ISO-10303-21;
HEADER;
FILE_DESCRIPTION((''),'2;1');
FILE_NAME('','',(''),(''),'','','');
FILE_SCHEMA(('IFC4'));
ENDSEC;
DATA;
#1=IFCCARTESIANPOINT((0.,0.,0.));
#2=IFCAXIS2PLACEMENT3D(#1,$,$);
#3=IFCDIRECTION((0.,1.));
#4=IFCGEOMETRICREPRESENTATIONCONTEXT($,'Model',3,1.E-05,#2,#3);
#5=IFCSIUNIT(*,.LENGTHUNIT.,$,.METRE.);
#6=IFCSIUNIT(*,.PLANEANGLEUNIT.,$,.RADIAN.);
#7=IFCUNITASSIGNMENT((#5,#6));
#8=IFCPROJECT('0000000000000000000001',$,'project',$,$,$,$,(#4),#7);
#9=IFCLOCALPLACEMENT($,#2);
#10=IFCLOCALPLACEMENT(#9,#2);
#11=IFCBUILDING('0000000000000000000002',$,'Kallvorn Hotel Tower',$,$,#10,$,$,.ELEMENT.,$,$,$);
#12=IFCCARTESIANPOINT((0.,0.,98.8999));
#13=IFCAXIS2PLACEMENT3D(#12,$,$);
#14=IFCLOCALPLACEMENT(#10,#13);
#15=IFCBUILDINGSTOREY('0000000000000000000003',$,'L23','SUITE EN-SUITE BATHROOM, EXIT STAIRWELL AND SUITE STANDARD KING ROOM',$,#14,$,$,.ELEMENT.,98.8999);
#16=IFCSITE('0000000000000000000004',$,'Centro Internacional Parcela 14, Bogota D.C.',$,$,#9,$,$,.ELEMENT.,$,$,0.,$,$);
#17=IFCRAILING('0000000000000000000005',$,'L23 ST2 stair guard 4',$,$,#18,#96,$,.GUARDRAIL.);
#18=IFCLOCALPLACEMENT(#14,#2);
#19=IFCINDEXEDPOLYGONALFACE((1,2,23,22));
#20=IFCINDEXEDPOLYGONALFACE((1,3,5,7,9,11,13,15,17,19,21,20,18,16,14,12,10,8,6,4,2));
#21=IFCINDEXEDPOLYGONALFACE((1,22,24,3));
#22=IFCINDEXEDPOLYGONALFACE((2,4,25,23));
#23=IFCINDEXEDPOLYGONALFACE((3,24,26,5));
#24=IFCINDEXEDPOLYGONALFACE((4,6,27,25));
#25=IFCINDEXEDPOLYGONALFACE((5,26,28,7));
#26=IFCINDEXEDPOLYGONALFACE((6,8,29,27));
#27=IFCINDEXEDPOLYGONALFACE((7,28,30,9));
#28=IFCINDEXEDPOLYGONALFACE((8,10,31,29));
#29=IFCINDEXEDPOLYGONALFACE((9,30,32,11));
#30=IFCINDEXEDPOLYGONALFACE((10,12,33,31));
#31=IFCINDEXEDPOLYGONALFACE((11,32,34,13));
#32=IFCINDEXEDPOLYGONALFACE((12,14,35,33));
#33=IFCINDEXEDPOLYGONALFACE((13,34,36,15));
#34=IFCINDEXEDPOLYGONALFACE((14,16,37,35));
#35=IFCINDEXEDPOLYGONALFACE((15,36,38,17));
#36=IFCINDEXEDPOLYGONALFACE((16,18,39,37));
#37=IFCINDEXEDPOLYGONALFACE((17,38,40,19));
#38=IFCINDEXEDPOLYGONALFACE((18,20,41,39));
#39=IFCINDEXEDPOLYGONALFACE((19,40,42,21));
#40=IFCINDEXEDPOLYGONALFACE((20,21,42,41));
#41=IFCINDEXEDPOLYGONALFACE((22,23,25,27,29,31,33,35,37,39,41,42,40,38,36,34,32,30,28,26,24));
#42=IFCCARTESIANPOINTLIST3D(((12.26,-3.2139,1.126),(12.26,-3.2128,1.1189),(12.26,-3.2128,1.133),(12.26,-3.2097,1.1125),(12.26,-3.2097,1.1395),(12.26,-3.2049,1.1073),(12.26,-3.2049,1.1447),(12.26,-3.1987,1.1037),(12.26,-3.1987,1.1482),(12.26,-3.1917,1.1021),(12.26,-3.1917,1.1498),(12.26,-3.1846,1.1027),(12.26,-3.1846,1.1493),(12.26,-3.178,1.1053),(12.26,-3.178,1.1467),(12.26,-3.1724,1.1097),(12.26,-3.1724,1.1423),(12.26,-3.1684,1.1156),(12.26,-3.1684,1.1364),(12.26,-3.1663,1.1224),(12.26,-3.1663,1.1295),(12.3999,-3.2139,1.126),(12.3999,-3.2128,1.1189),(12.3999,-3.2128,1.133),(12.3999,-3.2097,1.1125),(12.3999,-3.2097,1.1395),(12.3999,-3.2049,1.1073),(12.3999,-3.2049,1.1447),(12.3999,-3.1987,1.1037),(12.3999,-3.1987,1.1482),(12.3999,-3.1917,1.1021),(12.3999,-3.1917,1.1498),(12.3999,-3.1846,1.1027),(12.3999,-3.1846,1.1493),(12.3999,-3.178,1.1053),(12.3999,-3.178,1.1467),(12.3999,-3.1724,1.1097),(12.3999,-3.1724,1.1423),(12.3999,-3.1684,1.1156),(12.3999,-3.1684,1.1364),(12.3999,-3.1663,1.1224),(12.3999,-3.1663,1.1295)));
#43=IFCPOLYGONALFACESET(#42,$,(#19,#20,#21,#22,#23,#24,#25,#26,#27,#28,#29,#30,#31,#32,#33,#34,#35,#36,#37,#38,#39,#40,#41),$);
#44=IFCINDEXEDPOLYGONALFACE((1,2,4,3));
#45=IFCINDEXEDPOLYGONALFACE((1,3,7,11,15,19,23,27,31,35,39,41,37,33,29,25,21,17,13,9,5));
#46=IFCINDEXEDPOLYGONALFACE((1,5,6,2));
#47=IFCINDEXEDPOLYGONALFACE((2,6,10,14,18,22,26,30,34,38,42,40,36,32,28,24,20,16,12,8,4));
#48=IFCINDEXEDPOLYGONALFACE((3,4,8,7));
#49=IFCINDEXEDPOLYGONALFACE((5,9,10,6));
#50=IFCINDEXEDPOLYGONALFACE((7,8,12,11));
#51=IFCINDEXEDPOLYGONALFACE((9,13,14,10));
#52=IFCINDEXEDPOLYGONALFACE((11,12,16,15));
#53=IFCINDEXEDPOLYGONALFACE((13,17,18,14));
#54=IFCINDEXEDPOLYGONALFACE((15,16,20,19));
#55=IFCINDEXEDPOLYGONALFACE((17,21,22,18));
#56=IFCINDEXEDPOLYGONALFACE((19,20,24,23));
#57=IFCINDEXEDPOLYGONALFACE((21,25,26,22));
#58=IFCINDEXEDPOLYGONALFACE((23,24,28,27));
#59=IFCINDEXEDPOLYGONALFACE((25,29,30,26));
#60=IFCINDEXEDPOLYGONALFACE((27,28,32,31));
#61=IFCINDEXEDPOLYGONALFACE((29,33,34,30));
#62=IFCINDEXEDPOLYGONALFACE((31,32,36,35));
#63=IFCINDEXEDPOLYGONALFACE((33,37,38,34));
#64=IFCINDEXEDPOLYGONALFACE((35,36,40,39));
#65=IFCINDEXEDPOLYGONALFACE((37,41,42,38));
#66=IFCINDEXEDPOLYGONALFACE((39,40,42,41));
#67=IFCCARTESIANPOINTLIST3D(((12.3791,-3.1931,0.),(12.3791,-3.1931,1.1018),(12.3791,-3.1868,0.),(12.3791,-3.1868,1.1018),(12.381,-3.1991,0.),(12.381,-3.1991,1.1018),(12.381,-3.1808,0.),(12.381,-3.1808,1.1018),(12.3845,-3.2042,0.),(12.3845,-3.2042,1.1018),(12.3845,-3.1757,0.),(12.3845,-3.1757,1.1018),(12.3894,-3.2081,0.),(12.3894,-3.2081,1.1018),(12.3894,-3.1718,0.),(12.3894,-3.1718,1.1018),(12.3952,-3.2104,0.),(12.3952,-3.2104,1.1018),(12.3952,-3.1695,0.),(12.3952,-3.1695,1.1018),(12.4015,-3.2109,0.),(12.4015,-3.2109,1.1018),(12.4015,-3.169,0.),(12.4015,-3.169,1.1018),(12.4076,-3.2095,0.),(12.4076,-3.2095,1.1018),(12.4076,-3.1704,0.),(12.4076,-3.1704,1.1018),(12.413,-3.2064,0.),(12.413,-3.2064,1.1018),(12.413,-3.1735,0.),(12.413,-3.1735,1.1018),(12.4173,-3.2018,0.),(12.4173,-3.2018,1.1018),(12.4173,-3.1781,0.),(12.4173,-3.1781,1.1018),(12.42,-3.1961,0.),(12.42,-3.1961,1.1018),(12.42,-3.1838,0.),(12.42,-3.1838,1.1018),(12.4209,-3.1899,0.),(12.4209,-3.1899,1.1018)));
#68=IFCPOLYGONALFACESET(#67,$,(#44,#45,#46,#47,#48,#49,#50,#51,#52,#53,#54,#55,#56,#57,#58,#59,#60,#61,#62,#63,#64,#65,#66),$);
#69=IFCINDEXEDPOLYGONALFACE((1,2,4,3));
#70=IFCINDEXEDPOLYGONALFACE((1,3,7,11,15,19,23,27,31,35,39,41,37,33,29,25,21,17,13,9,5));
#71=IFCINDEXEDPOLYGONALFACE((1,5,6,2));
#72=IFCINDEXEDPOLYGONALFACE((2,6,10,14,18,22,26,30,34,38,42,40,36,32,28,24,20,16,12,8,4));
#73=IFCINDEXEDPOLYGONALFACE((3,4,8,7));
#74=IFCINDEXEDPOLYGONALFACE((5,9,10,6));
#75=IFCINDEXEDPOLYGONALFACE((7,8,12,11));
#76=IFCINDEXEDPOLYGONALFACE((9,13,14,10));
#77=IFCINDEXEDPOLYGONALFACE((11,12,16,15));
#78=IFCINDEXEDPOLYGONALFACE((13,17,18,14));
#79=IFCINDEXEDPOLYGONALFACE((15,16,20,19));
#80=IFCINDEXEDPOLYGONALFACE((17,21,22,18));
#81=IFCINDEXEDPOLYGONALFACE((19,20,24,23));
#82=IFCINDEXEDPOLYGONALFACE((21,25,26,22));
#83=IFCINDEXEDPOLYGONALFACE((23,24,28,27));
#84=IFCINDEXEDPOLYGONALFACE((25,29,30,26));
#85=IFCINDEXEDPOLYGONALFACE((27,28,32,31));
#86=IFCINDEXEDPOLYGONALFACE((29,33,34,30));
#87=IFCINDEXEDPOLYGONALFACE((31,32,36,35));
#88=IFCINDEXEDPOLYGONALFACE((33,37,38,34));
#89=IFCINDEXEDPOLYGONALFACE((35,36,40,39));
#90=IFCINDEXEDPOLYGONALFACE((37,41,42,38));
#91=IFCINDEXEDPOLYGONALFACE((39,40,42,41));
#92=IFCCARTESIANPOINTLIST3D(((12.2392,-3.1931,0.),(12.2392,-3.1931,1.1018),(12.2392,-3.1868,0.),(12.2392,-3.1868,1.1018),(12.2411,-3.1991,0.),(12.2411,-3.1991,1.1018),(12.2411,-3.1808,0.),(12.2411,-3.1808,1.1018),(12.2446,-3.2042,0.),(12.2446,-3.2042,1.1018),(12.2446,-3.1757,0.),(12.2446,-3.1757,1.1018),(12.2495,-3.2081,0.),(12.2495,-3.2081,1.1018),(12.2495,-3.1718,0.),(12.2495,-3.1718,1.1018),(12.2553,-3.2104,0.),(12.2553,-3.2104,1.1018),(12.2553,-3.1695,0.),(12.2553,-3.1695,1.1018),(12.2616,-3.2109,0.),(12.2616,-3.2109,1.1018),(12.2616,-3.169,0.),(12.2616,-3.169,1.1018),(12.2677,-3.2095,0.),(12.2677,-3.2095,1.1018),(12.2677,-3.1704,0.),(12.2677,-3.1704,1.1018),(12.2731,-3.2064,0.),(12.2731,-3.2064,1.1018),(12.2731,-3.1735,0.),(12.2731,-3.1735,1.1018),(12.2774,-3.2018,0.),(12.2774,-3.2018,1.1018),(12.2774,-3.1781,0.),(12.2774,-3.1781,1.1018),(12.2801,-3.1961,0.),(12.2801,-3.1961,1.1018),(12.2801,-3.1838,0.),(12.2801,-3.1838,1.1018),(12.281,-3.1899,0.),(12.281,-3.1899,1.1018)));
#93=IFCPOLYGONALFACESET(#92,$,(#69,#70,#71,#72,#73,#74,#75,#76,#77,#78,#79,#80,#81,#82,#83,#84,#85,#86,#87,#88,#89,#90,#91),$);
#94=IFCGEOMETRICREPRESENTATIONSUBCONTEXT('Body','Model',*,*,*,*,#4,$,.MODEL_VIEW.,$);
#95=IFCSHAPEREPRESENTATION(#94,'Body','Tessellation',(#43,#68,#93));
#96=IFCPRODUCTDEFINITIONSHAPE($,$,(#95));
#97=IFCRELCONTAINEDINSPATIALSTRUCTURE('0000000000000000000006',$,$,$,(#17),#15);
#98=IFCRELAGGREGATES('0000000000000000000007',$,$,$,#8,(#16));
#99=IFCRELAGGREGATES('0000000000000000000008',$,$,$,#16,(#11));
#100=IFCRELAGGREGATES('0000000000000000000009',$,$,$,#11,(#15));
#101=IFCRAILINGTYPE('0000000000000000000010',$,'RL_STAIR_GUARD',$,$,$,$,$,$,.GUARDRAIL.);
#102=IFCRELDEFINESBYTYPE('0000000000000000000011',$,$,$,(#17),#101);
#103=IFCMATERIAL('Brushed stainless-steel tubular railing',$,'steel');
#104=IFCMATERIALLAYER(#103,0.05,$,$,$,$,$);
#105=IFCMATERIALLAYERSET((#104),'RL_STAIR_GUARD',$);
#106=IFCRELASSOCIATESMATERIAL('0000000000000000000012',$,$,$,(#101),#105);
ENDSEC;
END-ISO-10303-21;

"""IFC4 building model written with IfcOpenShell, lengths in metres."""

from ifc_helpers import new_model, si_unit, direction, frame, origin, origin_2d, place, context, subcontext, project, spatial, circle, extrude, material, layer, layer_set, type_object, element, save


model = new_model("IFC4")

# Units and contexts
model_context = context("Model", 3, precision=1e-05, world=origin(), true_north=direction((0.0, 1.0)))
body_context = subcontext(model_context, "Body", "Model", "MODEL_VIEW")
ifc_project = project(units=[si_unit("LENGTHUNIT", "METRE"), si_unit("PLANEANGLEUNIT", "RADIAN")], contexts=[model_context])

# Site, building, storey
site_placement = place(None, origin())
site = spatial("IfcSite", under=ifc_project, at=site_placement, Name="Centro Internacional Parcela 14, Bogota D.C.", CompositionType="ELEMENT", RefElevation=0.0)
building_placement = place(site_placement, origin())
building = spatial("IfcBuilding", under=site, at=building_placement, Name="Kallvorn Hotel Tower", CompositionType="ELEMENT")
storey_placement = place(building_placement, frame((0.0, 0.0, 98.8999)))
storey = spatial("IfcBuildingStorey", under=building, at=storey_placement, Name="L23", Description="SUITE EN-SUITE BATHROOM, EXIT STAIRWELL AND SUITE STANDARD KING ROOM", CompositionType="ELEMENT", Elevation=98.8999)

# Railing
ifc_material_1 = material(Name="Brushed stainless-steel tubular railing", Category="steel")
ifc_layer_1 = layer(ifc_material_1, 0.05)
ifc_layer_set_1 = layer_set([ifc_layer_1], Name="RL_STAIR_GUARD")
railing_type_1 = type_object("IfcRailingType", Name="RL_STAIR_GUARD", PredefinedType="GUARDRAIL", material=ifc_layer_set_1)
railing_1_placement = place(storey_placement, frame((12.3999, -3.1899, 0.0)))
element("IfcRailing", 1, at=railing_1_placement, inside=storey, type_object=railing_type_1, Name="L23 ST2 stair guard 4", PredefinedType="GUARDRAIL", context=body_context, shape_type="SweptSolid", body=[
    extrude(circle(Radius=0.0239, at=origin_2d()), frame((0.0, 0.0, 1.126), z_axis=(-1.0, 0.0, 0.0), x_axis=(0.0, -1.0, 0.0)), (0.0, 0.0, 1.0), 0.1399),
    extrude(circle(Radius=0.021, at=origin_2d()), origin(), (0.0, 0.0, 1.0), 1.1018),
    extrude(circle(Radius=0.021, at=origin_2d()), frame((-0.1399, 0.0, 0.0)), (0.0, 0.0, 1.0), 1.1018),
])

save(model, "model.ifc")
